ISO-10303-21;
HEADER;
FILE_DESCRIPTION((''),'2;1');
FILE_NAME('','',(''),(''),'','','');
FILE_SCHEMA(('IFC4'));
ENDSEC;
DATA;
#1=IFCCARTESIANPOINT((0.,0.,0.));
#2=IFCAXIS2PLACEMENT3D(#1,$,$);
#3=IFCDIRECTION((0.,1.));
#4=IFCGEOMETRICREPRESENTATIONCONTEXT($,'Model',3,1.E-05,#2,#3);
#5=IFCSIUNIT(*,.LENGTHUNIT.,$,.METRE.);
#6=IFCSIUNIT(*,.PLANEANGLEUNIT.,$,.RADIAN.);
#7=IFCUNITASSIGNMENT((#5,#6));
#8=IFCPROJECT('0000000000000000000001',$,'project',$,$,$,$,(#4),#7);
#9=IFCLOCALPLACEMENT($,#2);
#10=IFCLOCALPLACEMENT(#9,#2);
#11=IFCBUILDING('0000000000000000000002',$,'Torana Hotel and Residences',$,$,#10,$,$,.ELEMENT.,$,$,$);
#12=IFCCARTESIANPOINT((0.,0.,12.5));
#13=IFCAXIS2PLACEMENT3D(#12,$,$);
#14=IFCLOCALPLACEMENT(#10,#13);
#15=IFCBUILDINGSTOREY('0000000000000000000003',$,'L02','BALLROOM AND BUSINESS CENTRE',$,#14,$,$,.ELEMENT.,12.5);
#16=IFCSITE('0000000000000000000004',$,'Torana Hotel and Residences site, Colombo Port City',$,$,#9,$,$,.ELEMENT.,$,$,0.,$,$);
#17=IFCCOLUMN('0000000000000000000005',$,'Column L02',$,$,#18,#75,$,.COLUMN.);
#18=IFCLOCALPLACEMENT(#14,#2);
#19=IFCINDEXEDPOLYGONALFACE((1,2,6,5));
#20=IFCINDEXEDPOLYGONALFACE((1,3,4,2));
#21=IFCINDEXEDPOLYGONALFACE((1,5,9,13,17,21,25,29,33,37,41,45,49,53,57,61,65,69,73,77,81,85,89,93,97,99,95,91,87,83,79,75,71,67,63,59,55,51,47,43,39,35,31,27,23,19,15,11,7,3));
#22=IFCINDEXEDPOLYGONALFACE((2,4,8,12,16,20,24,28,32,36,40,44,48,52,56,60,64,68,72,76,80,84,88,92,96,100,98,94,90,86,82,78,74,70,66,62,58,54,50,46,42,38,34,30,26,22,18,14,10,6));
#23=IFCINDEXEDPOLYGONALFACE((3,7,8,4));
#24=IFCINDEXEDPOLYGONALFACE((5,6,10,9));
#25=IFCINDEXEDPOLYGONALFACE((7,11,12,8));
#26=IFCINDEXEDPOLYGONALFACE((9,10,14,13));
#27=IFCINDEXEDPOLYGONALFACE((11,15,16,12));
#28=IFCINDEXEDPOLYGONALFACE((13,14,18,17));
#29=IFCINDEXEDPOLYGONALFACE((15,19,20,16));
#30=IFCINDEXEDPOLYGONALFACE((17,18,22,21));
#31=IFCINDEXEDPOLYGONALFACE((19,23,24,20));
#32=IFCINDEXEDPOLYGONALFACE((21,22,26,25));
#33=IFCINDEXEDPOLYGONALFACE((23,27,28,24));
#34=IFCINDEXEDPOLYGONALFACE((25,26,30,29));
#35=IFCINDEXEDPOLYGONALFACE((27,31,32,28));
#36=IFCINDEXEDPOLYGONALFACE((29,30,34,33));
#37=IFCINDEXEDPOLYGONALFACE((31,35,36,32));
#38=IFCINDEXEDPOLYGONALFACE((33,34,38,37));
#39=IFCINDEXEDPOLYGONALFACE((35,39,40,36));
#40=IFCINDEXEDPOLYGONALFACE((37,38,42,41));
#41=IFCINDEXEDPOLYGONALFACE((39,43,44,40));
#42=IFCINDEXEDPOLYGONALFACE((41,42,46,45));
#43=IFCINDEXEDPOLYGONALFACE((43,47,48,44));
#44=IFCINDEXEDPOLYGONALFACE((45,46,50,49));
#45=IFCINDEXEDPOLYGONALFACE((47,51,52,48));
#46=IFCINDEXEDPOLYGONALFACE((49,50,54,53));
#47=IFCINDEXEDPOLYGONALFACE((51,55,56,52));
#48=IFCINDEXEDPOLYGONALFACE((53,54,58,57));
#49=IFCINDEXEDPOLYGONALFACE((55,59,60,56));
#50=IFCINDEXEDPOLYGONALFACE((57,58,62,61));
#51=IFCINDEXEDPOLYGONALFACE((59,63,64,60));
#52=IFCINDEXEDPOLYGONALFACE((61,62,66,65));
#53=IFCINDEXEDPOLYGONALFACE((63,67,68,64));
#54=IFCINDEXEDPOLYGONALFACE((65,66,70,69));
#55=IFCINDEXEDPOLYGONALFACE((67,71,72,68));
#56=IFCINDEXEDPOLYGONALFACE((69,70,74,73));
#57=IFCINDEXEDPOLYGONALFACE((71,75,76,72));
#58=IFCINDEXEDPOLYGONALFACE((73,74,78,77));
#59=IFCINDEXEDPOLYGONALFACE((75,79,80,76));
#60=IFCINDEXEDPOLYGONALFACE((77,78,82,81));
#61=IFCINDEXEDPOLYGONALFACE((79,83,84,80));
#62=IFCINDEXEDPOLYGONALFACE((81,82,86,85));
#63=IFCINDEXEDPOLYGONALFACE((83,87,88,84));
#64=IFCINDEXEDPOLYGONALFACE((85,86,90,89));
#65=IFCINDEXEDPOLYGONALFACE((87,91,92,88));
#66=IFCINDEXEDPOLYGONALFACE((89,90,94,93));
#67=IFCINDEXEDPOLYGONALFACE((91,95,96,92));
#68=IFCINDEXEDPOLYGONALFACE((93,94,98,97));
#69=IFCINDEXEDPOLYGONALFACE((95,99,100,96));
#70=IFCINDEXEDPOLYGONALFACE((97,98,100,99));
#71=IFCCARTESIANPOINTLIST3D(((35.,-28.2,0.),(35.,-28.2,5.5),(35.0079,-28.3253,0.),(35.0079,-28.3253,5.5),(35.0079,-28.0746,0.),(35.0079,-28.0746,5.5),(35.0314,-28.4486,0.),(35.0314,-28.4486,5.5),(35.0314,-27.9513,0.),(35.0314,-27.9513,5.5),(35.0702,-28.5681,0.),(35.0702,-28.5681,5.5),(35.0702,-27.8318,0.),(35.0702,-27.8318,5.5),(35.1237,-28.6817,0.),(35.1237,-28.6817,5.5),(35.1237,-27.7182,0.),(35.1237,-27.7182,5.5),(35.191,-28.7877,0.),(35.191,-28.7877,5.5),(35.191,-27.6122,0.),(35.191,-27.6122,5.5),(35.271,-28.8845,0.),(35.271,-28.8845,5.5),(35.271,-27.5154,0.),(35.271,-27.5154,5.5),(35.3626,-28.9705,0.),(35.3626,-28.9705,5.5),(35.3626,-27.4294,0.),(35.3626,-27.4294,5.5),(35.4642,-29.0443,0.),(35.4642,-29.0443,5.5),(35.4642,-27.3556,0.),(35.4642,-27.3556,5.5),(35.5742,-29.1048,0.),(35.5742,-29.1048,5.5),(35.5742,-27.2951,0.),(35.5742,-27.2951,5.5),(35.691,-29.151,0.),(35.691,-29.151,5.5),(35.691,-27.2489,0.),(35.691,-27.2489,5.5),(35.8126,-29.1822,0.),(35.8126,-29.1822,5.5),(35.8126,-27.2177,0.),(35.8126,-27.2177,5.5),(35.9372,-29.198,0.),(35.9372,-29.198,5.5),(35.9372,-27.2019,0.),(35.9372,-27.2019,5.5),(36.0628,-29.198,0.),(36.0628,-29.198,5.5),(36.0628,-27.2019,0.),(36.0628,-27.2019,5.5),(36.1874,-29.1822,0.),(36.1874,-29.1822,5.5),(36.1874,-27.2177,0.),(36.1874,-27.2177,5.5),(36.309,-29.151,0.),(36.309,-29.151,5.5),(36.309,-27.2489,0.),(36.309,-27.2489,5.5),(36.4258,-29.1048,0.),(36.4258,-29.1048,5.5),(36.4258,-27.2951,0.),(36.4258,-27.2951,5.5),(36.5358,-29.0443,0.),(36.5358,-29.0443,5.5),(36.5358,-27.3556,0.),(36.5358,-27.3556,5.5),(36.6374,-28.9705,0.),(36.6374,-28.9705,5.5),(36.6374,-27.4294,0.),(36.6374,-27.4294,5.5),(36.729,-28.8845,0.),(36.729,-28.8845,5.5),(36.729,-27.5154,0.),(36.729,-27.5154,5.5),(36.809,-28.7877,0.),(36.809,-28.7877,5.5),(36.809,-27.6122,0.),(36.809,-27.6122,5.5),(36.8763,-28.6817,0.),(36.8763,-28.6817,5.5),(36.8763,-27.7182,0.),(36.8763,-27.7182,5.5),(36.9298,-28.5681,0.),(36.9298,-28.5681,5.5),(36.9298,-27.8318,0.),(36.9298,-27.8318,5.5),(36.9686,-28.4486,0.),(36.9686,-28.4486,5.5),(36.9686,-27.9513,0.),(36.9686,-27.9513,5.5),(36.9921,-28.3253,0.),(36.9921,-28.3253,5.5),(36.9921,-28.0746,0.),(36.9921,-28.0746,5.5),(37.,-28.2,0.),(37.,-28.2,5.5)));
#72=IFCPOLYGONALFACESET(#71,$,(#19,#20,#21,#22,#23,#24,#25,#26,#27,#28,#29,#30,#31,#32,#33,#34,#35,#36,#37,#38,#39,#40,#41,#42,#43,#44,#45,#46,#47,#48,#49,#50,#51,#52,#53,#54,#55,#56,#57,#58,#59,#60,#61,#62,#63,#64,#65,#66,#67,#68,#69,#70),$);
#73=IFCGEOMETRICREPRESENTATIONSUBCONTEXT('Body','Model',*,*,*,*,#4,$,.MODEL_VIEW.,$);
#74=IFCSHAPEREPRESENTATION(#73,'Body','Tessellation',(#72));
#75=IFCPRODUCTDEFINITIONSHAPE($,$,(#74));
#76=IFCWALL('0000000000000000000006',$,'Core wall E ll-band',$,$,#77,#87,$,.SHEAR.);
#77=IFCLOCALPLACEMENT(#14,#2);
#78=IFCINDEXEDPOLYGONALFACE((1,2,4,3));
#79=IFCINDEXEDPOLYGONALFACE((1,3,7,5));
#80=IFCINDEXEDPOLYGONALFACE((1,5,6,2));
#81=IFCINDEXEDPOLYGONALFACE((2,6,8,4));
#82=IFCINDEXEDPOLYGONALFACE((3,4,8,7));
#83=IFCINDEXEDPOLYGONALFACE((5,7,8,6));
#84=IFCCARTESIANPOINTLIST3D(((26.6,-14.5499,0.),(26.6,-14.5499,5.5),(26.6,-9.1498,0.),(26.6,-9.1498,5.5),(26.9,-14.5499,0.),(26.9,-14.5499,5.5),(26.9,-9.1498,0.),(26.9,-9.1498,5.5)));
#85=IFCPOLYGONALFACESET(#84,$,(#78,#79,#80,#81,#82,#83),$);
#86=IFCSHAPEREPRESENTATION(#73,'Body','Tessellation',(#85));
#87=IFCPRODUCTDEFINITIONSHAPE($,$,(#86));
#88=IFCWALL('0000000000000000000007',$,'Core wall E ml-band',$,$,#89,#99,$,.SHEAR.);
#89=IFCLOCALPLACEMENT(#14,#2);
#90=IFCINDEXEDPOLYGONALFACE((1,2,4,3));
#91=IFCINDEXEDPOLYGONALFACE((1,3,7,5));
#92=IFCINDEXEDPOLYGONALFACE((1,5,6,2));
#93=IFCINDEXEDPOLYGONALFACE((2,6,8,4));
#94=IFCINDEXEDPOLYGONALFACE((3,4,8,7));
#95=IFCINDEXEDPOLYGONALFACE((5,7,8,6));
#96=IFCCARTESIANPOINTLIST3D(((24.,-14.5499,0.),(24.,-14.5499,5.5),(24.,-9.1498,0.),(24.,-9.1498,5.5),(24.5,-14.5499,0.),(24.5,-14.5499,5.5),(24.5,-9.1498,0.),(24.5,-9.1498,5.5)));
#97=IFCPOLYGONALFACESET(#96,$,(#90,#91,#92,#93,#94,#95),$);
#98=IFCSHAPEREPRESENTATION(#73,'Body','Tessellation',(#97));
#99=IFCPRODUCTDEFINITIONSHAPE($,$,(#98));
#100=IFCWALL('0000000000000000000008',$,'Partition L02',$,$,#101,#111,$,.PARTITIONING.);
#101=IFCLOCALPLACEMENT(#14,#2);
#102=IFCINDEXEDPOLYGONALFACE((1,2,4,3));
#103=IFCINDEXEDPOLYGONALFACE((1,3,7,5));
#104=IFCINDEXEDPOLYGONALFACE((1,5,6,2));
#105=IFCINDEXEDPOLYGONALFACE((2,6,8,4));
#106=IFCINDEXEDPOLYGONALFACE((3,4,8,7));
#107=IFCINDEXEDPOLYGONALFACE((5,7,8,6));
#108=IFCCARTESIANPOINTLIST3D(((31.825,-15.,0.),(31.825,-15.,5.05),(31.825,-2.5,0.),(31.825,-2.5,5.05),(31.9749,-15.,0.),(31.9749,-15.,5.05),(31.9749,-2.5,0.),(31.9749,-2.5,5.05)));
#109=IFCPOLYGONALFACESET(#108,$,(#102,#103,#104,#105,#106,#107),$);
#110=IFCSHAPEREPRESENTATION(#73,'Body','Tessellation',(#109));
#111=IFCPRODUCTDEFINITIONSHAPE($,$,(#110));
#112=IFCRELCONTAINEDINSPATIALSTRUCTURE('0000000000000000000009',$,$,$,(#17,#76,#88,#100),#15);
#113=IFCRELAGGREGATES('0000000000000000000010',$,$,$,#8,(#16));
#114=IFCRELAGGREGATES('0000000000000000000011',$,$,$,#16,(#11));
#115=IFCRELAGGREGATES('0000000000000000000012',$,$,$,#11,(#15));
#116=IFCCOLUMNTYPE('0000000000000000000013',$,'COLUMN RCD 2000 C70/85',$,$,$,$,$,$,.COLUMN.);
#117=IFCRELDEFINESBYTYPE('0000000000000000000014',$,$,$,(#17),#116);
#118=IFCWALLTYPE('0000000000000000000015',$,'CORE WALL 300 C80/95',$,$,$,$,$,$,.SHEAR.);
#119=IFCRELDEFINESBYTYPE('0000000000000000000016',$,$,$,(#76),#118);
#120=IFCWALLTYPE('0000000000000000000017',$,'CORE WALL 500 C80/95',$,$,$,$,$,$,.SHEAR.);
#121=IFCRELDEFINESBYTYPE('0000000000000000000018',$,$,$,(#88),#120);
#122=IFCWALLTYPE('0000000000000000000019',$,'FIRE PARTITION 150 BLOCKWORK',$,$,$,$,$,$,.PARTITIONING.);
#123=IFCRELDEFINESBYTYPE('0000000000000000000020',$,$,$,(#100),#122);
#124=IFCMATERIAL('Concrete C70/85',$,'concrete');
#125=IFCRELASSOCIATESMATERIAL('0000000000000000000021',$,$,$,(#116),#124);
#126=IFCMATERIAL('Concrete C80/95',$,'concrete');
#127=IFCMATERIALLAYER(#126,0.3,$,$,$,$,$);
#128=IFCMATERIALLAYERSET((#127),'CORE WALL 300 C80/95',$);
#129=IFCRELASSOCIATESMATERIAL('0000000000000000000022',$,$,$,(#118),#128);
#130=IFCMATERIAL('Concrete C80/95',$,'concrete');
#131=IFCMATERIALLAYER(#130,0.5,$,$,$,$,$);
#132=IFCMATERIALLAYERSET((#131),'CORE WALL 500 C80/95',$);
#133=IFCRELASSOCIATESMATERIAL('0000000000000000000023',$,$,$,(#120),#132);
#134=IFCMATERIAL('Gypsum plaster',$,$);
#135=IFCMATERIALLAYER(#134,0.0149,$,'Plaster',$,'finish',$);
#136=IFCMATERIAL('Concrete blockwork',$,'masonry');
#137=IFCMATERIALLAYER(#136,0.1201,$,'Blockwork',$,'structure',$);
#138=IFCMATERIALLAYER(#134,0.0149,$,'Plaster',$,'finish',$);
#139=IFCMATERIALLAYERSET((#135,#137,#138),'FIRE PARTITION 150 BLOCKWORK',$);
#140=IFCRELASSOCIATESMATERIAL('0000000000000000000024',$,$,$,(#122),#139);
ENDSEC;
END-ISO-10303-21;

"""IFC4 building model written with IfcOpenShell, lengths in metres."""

from ifc_helpers import new_model, si_unit, direction, frame, frame_2d, origin, origin_2d, place, context, subcontext, project, spatial, rectangle, circle, extrude, material, layer, layer_set, material_profile, profile_set, type_object, element, save


model = new_model("IFC4")

# Units and contexts
model_context = context("Model", 3, precision=1e-05, world=origin(), true_north=direction((0.0, 1.0)))
body_context = subcontext(model_context, "Body", "Model", "MODEL_VIEW")
ifc_project = project(units=[si_unit("LENGTHUNIT", "METRE"), si_unit("PLANEANGLEUNIT", "RADIAN")], contexts=[model_context])

# Site, building, storey
site_placement = place(None, origin())
site = spatial("IfcSite", under=ifc_project, at=site_placement, Name="Torana Hotel and Residences site, Colombo Port City", CompositionType="ELEMENT", RefElevation=0.0)
building_placement = place(site_placement, origin())
building = spatial("IfcBuilding", under=site, at=building_placement, Name="Torana Hotel and Residences", CompositionType="ELEMENT")
storey_placement = place(building_placement, frame((0.0, 0.0, 12.5)))
storey = spatial("IfcBuildingStorey", under=building, at=storey_placement, Name="L02", Description="BALLROOM AND BUSINESS CENTRE", CompositionType="ELEMENT", Elevation=12.5)

# Column
ifc_material_1 = material(Name="Concrete C70/85", Category="concrete")
ifc_material_profile_1 = material_profile(ifc_material_1, circle(Radius=1.0, at=origin_2d()), Name="RCD 2000")
ifc_profile_set_1 = profile_set([ifc_material_profile_1], Name="Concrete C70/85")
column_type_1 = type_object("IfcColumnType", Name="COLUMN RCD 2000 C70/85", PredefinedType="COLUMN", material=ifc_profile_set_1)
for number, where, z_axis, x_axis, name in (
    (1, (36.0, -28.2, 0.0), (0.0, 0.0, 1.0), (1.0, 0.0, 0.0), "Column L02"),
):
    element("IfcColumn", number, at=place(storey_placement, frame(where, z_axis=z_axis, x_axis=x_axis)), inside=storey, type_object=column_type_1, Name=name, PredefinedType="COLUMN", context=body_context, shape_type="SweptSolid", body=[
        extrude(circle(Radius=1.0, at=origin_2d()), origin(), (0.0, 0.0, 1.0), 5.5),
    ])

# Walls
ifc_material_2 = material(Name="Concrete C80/95", Category="concrete")
ifc_layer_1 = layer(ifc_material_2, 0.3)
ifc_layer_set_1 = layer_set([ifc_layer_1], Name="CORE WALL 300 C80/95")
wall_type_1 = type_object("IfcWallType", Name="CORE WALL 300 C80/95", PredefinedType="SHEAR", material=ifc_layer_set_1)
wall_1_placement = place(storey_placement, frame((26.75, -14.55, 0.0), z_axis=(0.0, 0.0, 1.0), x_axis=(0.0, 1.0, 0.0)))
element("IfcWall", 2, at=wall_1_placement, inside=storey, type_object=wall_type_1, Name="Core wall E ll-band", PredefinedType="SHEAR", context=body_context, shape_type="SweptSolid", body=[
    extrude(rectangle(XDim=5.4001, YDim=0.3, at=frame_2d((2.7002, 0.0))), origin(), (0.0, 0.0, 1.0), 5.5),
])
ifc_material_3 = material(Name="Concrete C80/95", Category="concrete")
ifc_layer_2 = layer(ifc_material_3, 0.5)
ifc_layer_set_2 = layer_set([ifc_layer_2], Name="CORE WALL 500 C80/95")
wall_type_2 = type_object("IfcWallType", Name="CORE WALL 500 C80/95", PredefinedType="SHEAR", material=ifc_layer_set_2)
wall_2_placement = place(storey_placement, frame((24.25, -14.55, 0.0), z_axis=(0.0, 0.0, 1.0), x_axis=(0.0, 1.0, 0.0)))
element("IfcWall", 3, at=wall_2_placement, inside=storey, type_object=wall_type_2, Name="Core wall E ml-band", PredefinedType="SHEAR", context=body_context, shape_type="SweptSolid", body=[
    extrude(rectangle(XDim=5.4001, YDim=0.5, at=frame_2d((2.7002, 0.0))), origin(), (0.0, 0.0, 1.0), 5.5),
])
ifc_material_4 = material(Name="Gypsum plaster")
ifc_layer_3 = layer(ifc_material_4, 0.0149, Name="Plaster", Category="finish")
ifc_material_5 = material(Name="Concrete blockwork", Category="masonry")
ifc_layer_4 = layer(ifc_material_5, 0.1201, Name="Blockwork", Category="structure")
ifc_layer_5 = layer(ifc_material_4, 0.0149, Name="Plaster", Category="finish")
ifc_layer_set_3 = layer_set([ifc_layer_3, ifc_layer_4, ifc_layer_5], Name="FIRE PARTITION 150 BLOCKWORK")
wall_type_3 = type_object("IfcWallType", Name="FIRE PARTITION 150 BLOCKWORK", PredefinedType="PARTITIONING", material=ifc_layer_set_3)
wall_3_placement = place(storey_placement, frame((31.8999, -15.0, 0.0), z_axis=(0.0, 0.0, 1.0), x_axis=(0.0, 1.0, 0.0)))
element("IfcWall", 4, at=wall_3_placement, inside=storey, type_object=wall_type_3, Name="Partition L02", PredefinedType="PARTITIONING", context=body_context, shape_type="SweptSolid", body=[
    extrude(rectangle(XDim=12.5, YDim=0.1499, at=frame_2d((6.25, 0.0))), origin(), (0.0, 0.0, 1.0), 5.05),
])

save(model, "model.ifc")
